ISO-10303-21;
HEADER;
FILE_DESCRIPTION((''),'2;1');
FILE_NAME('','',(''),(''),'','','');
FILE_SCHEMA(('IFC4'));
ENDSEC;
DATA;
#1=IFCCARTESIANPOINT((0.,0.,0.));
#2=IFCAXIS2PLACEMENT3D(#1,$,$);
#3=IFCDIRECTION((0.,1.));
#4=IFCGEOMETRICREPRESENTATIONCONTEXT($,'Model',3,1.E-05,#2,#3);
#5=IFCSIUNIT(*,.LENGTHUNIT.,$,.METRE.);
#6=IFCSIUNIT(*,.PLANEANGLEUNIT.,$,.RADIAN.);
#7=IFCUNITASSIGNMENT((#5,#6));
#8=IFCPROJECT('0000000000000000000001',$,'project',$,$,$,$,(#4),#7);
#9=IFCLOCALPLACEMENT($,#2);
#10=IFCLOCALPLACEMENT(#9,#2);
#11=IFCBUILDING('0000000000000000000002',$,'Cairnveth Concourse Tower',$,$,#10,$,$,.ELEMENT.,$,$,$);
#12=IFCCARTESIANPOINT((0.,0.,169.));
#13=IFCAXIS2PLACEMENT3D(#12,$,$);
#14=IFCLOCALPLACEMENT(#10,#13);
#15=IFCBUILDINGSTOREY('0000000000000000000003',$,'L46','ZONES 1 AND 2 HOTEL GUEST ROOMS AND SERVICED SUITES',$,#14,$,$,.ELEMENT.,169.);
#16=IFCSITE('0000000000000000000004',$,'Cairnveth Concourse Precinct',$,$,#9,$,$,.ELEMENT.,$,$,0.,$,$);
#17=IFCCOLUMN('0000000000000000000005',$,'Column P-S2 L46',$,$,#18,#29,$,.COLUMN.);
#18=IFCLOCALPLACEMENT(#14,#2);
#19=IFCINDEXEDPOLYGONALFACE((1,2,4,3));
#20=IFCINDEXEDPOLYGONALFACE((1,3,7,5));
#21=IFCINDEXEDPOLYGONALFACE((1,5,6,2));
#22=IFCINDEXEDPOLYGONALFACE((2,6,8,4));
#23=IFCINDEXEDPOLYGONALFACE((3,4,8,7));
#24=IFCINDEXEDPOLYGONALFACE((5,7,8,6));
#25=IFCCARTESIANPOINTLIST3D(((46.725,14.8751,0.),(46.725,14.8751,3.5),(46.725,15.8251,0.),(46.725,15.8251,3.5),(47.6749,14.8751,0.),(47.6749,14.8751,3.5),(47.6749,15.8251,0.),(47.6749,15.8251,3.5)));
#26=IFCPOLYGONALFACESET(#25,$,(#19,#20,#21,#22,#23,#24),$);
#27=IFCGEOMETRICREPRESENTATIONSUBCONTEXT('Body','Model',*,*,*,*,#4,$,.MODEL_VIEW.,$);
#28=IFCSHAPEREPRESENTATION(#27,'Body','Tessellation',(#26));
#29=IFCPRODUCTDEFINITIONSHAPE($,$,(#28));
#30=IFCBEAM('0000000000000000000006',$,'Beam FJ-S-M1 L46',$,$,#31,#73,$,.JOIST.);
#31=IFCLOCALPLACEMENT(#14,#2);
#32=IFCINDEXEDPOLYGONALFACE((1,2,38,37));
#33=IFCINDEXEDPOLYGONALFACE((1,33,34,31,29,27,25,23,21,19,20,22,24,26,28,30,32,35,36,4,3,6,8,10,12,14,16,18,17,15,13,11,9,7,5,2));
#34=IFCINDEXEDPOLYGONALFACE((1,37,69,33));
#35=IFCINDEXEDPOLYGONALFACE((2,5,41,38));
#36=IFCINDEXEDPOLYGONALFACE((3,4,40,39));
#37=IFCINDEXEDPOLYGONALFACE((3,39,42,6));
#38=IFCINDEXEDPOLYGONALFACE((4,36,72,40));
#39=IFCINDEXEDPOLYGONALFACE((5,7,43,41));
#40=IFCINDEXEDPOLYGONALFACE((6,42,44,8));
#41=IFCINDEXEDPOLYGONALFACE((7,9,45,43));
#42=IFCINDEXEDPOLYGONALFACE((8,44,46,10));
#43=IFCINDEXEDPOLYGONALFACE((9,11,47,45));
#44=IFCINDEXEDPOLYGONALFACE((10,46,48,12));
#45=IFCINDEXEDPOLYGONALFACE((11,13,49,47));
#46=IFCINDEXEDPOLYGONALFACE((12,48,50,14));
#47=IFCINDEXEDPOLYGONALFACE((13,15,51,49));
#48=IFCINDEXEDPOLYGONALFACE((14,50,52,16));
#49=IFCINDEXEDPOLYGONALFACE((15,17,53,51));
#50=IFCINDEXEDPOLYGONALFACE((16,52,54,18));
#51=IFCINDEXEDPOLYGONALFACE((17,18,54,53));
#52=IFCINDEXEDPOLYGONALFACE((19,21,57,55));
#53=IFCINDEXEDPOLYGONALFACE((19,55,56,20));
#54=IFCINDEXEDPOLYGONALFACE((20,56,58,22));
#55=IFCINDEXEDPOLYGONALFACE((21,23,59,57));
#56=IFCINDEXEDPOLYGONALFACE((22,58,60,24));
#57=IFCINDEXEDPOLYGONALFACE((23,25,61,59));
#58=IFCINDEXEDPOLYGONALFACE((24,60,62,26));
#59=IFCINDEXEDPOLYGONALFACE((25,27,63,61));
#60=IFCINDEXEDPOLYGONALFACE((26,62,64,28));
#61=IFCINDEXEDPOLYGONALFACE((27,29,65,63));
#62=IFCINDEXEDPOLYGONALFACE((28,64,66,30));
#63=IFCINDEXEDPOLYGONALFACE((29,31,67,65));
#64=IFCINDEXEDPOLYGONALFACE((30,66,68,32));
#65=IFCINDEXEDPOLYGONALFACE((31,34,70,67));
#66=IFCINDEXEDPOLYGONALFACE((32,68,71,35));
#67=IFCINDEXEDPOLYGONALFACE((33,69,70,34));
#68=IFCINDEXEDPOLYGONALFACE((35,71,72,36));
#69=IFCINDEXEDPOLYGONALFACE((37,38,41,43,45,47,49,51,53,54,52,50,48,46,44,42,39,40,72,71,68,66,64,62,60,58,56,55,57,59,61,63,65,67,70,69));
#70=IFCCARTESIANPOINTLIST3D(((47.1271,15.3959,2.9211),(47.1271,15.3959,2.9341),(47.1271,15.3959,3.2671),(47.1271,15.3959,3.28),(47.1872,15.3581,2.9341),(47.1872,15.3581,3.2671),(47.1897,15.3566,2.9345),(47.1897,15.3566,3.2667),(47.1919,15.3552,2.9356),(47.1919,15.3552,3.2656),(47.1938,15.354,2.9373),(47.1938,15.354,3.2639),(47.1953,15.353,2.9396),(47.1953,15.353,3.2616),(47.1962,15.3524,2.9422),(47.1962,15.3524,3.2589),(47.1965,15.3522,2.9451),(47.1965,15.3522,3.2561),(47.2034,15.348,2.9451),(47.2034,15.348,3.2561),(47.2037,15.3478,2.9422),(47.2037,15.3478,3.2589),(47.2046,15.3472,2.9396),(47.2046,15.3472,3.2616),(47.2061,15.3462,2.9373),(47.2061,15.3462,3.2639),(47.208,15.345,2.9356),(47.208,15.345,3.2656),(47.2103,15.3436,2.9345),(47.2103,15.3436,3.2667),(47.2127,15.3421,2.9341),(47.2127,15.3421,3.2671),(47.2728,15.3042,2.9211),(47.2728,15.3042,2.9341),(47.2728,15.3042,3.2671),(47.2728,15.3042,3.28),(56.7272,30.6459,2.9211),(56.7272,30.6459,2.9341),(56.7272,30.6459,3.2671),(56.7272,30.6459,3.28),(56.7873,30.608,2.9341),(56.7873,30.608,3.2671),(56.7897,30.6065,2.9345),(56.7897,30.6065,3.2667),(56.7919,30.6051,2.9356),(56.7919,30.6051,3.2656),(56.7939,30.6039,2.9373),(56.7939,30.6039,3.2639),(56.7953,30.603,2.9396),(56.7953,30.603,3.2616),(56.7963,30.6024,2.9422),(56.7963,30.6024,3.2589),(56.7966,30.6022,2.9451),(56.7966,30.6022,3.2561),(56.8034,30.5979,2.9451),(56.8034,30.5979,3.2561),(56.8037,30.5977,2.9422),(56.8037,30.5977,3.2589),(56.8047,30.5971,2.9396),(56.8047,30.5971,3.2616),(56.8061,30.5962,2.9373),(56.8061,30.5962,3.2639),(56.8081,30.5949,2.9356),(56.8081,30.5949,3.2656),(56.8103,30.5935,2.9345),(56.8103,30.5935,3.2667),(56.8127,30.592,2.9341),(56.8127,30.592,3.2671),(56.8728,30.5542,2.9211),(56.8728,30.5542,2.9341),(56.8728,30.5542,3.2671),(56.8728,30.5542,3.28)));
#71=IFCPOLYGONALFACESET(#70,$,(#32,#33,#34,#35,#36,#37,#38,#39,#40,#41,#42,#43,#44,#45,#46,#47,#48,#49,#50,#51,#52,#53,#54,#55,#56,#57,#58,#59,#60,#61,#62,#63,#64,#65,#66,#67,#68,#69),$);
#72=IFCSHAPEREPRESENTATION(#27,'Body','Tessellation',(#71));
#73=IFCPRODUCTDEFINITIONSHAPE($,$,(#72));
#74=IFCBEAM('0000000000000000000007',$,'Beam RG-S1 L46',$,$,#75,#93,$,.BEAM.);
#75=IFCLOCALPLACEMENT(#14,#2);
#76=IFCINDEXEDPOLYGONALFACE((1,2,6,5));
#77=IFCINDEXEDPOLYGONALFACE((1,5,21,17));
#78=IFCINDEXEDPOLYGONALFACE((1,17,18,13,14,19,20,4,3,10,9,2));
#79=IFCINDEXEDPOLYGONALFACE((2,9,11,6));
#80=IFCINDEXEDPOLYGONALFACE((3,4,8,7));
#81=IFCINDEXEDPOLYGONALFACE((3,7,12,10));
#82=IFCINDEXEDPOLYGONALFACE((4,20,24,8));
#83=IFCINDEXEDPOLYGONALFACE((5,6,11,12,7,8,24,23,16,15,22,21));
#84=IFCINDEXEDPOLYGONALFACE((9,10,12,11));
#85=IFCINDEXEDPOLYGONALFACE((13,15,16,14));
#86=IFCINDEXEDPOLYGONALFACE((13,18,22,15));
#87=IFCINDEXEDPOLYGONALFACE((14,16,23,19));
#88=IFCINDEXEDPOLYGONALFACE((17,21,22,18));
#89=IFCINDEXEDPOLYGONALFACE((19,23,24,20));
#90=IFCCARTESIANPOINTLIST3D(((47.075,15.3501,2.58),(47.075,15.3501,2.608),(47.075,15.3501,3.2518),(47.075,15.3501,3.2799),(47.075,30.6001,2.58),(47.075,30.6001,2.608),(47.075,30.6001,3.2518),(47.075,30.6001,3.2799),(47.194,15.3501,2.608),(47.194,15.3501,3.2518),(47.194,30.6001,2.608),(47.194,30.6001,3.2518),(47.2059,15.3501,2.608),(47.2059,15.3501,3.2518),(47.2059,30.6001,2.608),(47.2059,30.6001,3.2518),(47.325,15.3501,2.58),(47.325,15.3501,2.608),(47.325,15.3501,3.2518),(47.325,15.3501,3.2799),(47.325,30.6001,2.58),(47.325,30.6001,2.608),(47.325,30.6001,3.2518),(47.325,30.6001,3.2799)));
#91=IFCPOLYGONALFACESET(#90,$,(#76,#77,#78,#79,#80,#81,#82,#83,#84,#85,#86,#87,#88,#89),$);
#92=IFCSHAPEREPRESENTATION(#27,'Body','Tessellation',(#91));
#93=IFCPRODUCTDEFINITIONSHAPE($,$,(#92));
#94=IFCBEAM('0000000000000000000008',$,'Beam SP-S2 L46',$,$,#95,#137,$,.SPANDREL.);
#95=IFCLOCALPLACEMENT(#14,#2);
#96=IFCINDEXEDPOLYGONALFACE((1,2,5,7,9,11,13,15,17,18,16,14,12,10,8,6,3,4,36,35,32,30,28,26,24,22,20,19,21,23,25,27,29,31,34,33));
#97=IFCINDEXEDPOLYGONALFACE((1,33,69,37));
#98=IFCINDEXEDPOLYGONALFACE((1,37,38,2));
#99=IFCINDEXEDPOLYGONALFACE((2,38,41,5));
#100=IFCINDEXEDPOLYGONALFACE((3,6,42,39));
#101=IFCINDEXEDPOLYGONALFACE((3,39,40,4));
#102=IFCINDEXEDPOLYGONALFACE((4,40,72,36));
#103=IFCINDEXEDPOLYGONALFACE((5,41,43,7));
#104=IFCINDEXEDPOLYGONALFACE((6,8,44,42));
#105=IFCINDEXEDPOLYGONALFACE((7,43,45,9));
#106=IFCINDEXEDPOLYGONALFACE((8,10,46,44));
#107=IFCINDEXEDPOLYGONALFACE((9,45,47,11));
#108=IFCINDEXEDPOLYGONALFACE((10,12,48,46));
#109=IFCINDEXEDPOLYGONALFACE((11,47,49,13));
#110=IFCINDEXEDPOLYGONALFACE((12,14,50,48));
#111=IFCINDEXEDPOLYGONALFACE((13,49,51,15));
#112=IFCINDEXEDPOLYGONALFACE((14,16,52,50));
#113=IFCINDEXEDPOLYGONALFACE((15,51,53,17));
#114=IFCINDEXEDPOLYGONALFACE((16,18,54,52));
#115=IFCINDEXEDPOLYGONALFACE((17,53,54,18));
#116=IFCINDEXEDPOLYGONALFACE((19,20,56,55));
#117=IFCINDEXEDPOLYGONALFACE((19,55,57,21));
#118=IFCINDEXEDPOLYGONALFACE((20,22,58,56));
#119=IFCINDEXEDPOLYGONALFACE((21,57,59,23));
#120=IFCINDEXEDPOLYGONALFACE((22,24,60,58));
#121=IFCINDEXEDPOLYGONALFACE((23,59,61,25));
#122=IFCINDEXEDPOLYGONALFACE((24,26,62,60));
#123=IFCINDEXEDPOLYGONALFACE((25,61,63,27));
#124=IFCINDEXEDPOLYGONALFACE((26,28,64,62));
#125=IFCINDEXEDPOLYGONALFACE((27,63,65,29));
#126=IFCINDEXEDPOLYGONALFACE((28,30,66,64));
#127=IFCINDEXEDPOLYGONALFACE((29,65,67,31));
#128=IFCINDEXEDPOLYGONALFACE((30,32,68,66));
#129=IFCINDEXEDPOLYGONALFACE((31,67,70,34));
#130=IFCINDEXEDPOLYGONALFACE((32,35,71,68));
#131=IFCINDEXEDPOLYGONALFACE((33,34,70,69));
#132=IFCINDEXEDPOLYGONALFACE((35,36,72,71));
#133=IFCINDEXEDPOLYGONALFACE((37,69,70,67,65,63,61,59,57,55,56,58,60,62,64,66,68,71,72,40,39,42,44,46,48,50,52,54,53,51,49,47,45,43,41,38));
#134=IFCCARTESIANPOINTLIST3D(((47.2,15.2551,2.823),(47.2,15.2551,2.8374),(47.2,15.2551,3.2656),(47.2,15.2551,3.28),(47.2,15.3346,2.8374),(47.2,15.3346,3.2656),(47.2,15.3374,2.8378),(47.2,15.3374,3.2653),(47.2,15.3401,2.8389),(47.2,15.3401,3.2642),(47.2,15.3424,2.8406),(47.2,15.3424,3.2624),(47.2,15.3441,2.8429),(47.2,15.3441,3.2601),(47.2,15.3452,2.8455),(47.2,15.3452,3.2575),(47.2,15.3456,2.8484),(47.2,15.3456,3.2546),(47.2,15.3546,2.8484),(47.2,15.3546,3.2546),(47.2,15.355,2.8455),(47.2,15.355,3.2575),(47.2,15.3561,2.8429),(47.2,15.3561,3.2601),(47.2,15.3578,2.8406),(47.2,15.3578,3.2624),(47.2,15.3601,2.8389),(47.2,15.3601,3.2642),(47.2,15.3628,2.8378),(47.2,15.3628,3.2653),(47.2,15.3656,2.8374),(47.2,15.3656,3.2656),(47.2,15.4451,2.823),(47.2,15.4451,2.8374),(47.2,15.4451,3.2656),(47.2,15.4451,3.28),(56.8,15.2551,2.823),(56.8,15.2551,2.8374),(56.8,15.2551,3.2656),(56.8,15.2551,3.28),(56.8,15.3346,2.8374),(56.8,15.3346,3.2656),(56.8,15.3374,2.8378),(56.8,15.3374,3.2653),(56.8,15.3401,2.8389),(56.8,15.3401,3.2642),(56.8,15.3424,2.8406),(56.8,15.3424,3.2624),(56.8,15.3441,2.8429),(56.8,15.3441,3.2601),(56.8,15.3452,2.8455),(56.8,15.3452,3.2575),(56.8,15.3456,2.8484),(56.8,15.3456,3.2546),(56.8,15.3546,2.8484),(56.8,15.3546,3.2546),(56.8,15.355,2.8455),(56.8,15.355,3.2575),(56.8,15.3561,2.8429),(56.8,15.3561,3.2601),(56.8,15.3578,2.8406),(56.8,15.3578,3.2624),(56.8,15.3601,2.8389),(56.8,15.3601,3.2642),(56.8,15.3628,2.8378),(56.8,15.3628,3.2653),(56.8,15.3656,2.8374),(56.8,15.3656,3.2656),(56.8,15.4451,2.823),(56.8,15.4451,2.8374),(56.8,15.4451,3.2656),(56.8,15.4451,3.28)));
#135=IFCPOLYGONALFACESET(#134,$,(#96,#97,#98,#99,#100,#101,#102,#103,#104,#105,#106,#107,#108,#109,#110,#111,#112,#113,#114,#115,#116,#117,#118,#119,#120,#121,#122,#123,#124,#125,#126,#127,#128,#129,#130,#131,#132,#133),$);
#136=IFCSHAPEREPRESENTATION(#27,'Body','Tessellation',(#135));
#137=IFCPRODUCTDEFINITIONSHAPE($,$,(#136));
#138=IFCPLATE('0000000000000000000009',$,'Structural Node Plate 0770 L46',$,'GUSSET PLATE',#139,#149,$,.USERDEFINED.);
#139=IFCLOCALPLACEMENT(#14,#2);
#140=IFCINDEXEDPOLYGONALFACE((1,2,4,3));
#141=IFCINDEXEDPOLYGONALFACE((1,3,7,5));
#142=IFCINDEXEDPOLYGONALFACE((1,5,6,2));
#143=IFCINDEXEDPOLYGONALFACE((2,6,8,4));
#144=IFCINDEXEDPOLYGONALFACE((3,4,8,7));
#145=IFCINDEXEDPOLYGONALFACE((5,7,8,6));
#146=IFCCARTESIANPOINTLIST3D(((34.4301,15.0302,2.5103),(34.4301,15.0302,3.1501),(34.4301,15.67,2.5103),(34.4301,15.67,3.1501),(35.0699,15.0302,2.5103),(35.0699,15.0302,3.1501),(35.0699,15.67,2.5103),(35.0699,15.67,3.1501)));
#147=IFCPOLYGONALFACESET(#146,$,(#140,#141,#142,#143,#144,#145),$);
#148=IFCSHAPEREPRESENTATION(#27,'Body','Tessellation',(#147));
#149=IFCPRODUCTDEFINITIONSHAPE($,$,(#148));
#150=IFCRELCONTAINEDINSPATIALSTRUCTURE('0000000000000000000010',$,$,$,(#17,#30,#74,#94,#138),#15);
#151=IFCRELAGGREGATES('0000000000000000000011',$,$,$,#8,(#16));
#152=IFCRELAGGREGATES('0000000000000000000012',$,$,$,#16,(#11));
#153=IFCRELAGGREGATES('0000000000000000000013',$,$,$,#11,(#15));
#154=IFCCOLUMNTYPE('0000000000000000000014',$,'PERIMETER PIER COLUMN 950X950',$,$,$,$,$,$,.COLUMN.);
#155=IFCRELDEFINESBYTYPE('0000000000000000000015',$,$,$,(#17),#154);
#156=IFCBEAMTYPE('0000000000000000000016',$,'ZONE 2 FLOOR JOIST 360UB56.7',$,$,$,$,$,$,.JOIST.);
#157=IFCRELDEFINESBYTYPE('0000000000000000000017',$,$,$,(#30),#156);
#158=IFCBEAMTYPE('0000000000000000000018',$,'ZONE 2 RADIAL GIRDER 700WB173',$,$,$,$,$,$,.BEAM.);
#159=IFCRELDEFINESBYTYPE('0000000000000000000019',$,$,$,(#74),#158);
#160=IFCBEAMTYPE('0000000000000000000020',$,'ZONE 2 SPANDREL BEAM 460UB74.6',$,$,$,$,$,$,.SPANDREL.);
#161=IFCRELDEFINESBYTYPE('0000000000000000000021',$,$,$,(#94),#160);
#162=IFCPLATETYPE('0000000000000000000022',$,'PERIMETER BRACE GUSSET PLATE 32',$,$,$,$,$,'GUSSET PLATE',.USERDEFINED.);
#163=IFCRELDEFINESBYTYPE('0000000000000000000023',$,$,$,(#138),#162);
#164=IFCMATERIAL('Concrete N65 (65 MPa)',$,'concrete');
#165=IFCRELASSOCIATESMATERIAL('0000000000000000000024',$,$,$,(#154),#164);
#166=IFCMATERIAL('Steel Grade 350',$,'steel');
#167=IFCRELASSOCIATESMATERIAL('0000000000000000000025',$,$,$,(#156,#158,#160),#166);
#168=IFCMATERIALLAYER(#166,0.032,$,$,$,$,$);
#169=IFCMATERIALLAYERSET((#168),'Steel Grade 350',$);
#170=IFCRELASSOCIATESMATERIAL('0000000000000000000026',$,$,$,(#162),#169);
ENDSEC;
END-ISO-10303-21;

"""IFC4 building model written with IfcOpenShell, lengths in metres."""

from ifc_helpers import new_model, si_unit, direction, frame, origin, origin_2d, place, context, subcontext, project, spatial, rectangle, i_section, extrude, material, layer, layer_set, material_profile, profile_set, type_object, element, save


model = new_model("IFC4")

# Units and contexts
model_context = context("Model", 3, precision=1e-05, world=origin(), true_north=direction((0.0, 1.0)))
body_context = subcontext(model_context, "Body", "Model", "MODEL_VIEW")
ifc_project = project(units=[si_unit("LENGTHUNIT", "METRE"), si_unit("PLANEANGLEUNIT", "RADIAN")], contexts=[model_context])

# Site, building, storey
site_placement = place(None, origin())
site = spatial("IfcSite", under=ifc_project, at=site_placement, Name="Cairnveth Concourse Precinct", CompositionType="ELEMENT", RefElevation=0.0)
building_placement = place(site_placement, origin())
building = spatial("IfcBuilding", under=site, at=building_placement, Name="Cairnveth Concourse Tower", CompositionType="ELEMENT")
storey_placement = place(building_placement, frame((0.0, 0.0, 169.0)))
storey = spatial("IfcBuildingStorey", under=building, at=storey_placement, Name="L46", Description="ZONES 1 AND 2 HOTEL GUEST ROOMS AND SERVICED SUITES", CompositionType="ELEMENT", Elevation=169.0)

# Column
ifc_material_1 = material(Name="Concrete N65 (65 MPa)", Category="concrete")
ifc_material_profile_1 = material_profile(ifc_material_1, rectangle(XDim=0.95, YDim=0.95, at=origin_2d()), Name="RC-COL-950x950")
ifc_profile_set_1 = profile_set([ifc_material_profile_1], Name="Concrete N65 (65 MPa)")
column_type = type_object("IfcColumnType", Name="PERIMETER PIER COLUMN 950X950", PredefinedType="COLUMN", material=ifc_profile_set_1)
column_placement = place(storey_placement, frame((47.2, 15.3501, 0.0), z_axis=(0.0, 0.0, 1.0), x_axis=(1.0, 0.0, 0.0)))
element("IfcColumn", 1, at=column_placement, inside=storey, type_object=column_type, Name="Column P-S2 L46", PredefinedType="COLUMN", context=body_context, shape_type="SweptSolid", body=[
    extrude(rectangle(XDim=0.95, YDim=0.95, at=origin_2d()), origin(), (0.0, 0.0, 1.0), 3.5),
])

# Beams
ifc_material_2 = material(Name="Steel Grade 350", Category="steel")
ifc_material_profile_2 = material_profile(ifc_material_2, i_section(OverallWidth=0.1721, OverallDepth=0.3589, WebThickness=0.0081, FlangeThickness=0.0129, FilletRadius=0.011, at=origin_2d()), Name="360UB56.7")
ifc_profile_set_2 = profile_set([ifc_material_profile_2], Name="Steel Grade 350")
beam_type_1 = type_object("IfcBeamType", Name="ZONE 2 FLOOR JOIST 360UB56.7", PredefinedType="JOIST", material=ifc_profile_set_2)
beam_1_placement = place(storey_placement, frame((47.2, 15.3501, 3.1006), z_axis=(0.532744, 0.846277, 0.0), x_axis=(-0.846277, 0.532744, 0.0)))
element("IfcBeam", 2, at=beam_1_placement, inside=storey, type_object=beam_type_1, Name="Beam FJ-S-M1 L46", PredefinedType="JOIST", context=body_context, shape_type="SweptSolid", body=[
    extrude(i_section(OverallWidth=0.1721, OverallDepth=0.3589, WebThickness=0.0081, FlangeThickness=0.0129, FilletRadius=0.011, at=origin_2d()), origin(), (0.0, 0.0, 1.0), 18.02),
])
ifc_material_profile_3 = material_profile(ifc_material_2, i_section(OverallWidth=0.25, OverallDepth=0.7, WebThickness=0.012, FlangeThickness=0.0281, at=origin_2d()), Name="700WB173")
ifc_profile_set_3 = profile_set([ifc_material_profile_3], Name="Steel Grade 350")
beam_type_2 = type_object("IfcBeamType", Name="ZONE 2 RADIAL GIRDER 700WB173", PredefinedType="BEAM", material=ifc_profile_set_3)
beam_2_placement = place(storey_placement, frame((47.2, 15.3501, 2.9299), z_axis=(0.0, 1.0, 0.0), x_axis=(-1.0, 0.0, 0.0)))
element("IfcBeam", 3, at=beam_2_placement, inside=storey, type_object=beam_type_2, Name="Beam RG-S1 L46", PredefinedType="BEAM", context=body_context, shape_type="SweptSolid", body=[
    extrude(i_section(OverallWidth=0.25, OverallDepth=0.7, WebThickness=0.012, FlangeThickness=0.0281, at=origin_2d()), origin(), (0.0, 0.0, 1.0), 15.25),
])
ifc_material_profile_4 = material_profile(ifc_material_2, i_section(OverallWidth=0.1899, OverallDepth=0.457, WebThickness=0.009, FlangeThickness=0.0144, FilletRadius=0.011, at=origin_2d()), Name="460UB74.6")
ifc_profile_set_4 = profile_set([ifc_material_profile_4], Name="Steel Grade 350")
beam_type_3 = type_object("IfcBeamType", Name="ZONE 2 SPANDREL BEAM 460UB74.6", PredefinedType="SPANDREL", material=ifc_profile_set_4)
beam_3_placement = place(storey_placement, frame((47.2, 15.3501, 3.0515), z_axis=(1.0, 0.0, 0.0), x_axis=(0.0, 1.0, 0.0)))
element("IfcBeam", 4, at=beam_3_placement, inside=storey, type_object=beam_type_3, Name="Beam SP-S2 L46", PredefinedType="SPANDREL", context=body_context, shape_type="SweptSolid", body=[
    extrude(i_section(OverallWidth=0.1899, OverallDepth=0.457, WebThickness=0.009, FlangeThickness=0.0144, FilletRadius=0.011, at=origin_2d()), origin(), (0.0, 0.0, 1.0), 9.6001),
])

# Plate
ifc_layer_1 = layer(ifc_material_2, 0.032)
ifc_layer_set_1 = layer_set([ifc_layer_1], Name="Steel Grade 350")
plate_type = type_object("IfcPlateType", Name="PERIMETER BRACE GUSSET PLATE 32", ElementType="GUSSET PLATE", PredefinedType="USERDEFINED", material=ifc_layer_set_1)
plate_placement = place(storey_placement, frame((34.75, 15.3501, 2.5103), z_axis=(0.0, 0.0, 1.0), x_axis=(1.0, 0.0, 0.0)))
element("IfcPlate", 5, at=plate_placement, inside=storey, type_object=plate_type, Name="Structural Node Plate 0770 L46", ObjectType="GUSSET PLATE", PredefinedType="USERDEFINED", context=body_context, shape_type="SweptSolid", body=[
    extrude(rectangle(XDim=0.6399, YDim=0.6399, at=origin_2d()), origin(), (0.0, 0.0, 1.0), 0.6399),
])

save(model, "model.ifc")
